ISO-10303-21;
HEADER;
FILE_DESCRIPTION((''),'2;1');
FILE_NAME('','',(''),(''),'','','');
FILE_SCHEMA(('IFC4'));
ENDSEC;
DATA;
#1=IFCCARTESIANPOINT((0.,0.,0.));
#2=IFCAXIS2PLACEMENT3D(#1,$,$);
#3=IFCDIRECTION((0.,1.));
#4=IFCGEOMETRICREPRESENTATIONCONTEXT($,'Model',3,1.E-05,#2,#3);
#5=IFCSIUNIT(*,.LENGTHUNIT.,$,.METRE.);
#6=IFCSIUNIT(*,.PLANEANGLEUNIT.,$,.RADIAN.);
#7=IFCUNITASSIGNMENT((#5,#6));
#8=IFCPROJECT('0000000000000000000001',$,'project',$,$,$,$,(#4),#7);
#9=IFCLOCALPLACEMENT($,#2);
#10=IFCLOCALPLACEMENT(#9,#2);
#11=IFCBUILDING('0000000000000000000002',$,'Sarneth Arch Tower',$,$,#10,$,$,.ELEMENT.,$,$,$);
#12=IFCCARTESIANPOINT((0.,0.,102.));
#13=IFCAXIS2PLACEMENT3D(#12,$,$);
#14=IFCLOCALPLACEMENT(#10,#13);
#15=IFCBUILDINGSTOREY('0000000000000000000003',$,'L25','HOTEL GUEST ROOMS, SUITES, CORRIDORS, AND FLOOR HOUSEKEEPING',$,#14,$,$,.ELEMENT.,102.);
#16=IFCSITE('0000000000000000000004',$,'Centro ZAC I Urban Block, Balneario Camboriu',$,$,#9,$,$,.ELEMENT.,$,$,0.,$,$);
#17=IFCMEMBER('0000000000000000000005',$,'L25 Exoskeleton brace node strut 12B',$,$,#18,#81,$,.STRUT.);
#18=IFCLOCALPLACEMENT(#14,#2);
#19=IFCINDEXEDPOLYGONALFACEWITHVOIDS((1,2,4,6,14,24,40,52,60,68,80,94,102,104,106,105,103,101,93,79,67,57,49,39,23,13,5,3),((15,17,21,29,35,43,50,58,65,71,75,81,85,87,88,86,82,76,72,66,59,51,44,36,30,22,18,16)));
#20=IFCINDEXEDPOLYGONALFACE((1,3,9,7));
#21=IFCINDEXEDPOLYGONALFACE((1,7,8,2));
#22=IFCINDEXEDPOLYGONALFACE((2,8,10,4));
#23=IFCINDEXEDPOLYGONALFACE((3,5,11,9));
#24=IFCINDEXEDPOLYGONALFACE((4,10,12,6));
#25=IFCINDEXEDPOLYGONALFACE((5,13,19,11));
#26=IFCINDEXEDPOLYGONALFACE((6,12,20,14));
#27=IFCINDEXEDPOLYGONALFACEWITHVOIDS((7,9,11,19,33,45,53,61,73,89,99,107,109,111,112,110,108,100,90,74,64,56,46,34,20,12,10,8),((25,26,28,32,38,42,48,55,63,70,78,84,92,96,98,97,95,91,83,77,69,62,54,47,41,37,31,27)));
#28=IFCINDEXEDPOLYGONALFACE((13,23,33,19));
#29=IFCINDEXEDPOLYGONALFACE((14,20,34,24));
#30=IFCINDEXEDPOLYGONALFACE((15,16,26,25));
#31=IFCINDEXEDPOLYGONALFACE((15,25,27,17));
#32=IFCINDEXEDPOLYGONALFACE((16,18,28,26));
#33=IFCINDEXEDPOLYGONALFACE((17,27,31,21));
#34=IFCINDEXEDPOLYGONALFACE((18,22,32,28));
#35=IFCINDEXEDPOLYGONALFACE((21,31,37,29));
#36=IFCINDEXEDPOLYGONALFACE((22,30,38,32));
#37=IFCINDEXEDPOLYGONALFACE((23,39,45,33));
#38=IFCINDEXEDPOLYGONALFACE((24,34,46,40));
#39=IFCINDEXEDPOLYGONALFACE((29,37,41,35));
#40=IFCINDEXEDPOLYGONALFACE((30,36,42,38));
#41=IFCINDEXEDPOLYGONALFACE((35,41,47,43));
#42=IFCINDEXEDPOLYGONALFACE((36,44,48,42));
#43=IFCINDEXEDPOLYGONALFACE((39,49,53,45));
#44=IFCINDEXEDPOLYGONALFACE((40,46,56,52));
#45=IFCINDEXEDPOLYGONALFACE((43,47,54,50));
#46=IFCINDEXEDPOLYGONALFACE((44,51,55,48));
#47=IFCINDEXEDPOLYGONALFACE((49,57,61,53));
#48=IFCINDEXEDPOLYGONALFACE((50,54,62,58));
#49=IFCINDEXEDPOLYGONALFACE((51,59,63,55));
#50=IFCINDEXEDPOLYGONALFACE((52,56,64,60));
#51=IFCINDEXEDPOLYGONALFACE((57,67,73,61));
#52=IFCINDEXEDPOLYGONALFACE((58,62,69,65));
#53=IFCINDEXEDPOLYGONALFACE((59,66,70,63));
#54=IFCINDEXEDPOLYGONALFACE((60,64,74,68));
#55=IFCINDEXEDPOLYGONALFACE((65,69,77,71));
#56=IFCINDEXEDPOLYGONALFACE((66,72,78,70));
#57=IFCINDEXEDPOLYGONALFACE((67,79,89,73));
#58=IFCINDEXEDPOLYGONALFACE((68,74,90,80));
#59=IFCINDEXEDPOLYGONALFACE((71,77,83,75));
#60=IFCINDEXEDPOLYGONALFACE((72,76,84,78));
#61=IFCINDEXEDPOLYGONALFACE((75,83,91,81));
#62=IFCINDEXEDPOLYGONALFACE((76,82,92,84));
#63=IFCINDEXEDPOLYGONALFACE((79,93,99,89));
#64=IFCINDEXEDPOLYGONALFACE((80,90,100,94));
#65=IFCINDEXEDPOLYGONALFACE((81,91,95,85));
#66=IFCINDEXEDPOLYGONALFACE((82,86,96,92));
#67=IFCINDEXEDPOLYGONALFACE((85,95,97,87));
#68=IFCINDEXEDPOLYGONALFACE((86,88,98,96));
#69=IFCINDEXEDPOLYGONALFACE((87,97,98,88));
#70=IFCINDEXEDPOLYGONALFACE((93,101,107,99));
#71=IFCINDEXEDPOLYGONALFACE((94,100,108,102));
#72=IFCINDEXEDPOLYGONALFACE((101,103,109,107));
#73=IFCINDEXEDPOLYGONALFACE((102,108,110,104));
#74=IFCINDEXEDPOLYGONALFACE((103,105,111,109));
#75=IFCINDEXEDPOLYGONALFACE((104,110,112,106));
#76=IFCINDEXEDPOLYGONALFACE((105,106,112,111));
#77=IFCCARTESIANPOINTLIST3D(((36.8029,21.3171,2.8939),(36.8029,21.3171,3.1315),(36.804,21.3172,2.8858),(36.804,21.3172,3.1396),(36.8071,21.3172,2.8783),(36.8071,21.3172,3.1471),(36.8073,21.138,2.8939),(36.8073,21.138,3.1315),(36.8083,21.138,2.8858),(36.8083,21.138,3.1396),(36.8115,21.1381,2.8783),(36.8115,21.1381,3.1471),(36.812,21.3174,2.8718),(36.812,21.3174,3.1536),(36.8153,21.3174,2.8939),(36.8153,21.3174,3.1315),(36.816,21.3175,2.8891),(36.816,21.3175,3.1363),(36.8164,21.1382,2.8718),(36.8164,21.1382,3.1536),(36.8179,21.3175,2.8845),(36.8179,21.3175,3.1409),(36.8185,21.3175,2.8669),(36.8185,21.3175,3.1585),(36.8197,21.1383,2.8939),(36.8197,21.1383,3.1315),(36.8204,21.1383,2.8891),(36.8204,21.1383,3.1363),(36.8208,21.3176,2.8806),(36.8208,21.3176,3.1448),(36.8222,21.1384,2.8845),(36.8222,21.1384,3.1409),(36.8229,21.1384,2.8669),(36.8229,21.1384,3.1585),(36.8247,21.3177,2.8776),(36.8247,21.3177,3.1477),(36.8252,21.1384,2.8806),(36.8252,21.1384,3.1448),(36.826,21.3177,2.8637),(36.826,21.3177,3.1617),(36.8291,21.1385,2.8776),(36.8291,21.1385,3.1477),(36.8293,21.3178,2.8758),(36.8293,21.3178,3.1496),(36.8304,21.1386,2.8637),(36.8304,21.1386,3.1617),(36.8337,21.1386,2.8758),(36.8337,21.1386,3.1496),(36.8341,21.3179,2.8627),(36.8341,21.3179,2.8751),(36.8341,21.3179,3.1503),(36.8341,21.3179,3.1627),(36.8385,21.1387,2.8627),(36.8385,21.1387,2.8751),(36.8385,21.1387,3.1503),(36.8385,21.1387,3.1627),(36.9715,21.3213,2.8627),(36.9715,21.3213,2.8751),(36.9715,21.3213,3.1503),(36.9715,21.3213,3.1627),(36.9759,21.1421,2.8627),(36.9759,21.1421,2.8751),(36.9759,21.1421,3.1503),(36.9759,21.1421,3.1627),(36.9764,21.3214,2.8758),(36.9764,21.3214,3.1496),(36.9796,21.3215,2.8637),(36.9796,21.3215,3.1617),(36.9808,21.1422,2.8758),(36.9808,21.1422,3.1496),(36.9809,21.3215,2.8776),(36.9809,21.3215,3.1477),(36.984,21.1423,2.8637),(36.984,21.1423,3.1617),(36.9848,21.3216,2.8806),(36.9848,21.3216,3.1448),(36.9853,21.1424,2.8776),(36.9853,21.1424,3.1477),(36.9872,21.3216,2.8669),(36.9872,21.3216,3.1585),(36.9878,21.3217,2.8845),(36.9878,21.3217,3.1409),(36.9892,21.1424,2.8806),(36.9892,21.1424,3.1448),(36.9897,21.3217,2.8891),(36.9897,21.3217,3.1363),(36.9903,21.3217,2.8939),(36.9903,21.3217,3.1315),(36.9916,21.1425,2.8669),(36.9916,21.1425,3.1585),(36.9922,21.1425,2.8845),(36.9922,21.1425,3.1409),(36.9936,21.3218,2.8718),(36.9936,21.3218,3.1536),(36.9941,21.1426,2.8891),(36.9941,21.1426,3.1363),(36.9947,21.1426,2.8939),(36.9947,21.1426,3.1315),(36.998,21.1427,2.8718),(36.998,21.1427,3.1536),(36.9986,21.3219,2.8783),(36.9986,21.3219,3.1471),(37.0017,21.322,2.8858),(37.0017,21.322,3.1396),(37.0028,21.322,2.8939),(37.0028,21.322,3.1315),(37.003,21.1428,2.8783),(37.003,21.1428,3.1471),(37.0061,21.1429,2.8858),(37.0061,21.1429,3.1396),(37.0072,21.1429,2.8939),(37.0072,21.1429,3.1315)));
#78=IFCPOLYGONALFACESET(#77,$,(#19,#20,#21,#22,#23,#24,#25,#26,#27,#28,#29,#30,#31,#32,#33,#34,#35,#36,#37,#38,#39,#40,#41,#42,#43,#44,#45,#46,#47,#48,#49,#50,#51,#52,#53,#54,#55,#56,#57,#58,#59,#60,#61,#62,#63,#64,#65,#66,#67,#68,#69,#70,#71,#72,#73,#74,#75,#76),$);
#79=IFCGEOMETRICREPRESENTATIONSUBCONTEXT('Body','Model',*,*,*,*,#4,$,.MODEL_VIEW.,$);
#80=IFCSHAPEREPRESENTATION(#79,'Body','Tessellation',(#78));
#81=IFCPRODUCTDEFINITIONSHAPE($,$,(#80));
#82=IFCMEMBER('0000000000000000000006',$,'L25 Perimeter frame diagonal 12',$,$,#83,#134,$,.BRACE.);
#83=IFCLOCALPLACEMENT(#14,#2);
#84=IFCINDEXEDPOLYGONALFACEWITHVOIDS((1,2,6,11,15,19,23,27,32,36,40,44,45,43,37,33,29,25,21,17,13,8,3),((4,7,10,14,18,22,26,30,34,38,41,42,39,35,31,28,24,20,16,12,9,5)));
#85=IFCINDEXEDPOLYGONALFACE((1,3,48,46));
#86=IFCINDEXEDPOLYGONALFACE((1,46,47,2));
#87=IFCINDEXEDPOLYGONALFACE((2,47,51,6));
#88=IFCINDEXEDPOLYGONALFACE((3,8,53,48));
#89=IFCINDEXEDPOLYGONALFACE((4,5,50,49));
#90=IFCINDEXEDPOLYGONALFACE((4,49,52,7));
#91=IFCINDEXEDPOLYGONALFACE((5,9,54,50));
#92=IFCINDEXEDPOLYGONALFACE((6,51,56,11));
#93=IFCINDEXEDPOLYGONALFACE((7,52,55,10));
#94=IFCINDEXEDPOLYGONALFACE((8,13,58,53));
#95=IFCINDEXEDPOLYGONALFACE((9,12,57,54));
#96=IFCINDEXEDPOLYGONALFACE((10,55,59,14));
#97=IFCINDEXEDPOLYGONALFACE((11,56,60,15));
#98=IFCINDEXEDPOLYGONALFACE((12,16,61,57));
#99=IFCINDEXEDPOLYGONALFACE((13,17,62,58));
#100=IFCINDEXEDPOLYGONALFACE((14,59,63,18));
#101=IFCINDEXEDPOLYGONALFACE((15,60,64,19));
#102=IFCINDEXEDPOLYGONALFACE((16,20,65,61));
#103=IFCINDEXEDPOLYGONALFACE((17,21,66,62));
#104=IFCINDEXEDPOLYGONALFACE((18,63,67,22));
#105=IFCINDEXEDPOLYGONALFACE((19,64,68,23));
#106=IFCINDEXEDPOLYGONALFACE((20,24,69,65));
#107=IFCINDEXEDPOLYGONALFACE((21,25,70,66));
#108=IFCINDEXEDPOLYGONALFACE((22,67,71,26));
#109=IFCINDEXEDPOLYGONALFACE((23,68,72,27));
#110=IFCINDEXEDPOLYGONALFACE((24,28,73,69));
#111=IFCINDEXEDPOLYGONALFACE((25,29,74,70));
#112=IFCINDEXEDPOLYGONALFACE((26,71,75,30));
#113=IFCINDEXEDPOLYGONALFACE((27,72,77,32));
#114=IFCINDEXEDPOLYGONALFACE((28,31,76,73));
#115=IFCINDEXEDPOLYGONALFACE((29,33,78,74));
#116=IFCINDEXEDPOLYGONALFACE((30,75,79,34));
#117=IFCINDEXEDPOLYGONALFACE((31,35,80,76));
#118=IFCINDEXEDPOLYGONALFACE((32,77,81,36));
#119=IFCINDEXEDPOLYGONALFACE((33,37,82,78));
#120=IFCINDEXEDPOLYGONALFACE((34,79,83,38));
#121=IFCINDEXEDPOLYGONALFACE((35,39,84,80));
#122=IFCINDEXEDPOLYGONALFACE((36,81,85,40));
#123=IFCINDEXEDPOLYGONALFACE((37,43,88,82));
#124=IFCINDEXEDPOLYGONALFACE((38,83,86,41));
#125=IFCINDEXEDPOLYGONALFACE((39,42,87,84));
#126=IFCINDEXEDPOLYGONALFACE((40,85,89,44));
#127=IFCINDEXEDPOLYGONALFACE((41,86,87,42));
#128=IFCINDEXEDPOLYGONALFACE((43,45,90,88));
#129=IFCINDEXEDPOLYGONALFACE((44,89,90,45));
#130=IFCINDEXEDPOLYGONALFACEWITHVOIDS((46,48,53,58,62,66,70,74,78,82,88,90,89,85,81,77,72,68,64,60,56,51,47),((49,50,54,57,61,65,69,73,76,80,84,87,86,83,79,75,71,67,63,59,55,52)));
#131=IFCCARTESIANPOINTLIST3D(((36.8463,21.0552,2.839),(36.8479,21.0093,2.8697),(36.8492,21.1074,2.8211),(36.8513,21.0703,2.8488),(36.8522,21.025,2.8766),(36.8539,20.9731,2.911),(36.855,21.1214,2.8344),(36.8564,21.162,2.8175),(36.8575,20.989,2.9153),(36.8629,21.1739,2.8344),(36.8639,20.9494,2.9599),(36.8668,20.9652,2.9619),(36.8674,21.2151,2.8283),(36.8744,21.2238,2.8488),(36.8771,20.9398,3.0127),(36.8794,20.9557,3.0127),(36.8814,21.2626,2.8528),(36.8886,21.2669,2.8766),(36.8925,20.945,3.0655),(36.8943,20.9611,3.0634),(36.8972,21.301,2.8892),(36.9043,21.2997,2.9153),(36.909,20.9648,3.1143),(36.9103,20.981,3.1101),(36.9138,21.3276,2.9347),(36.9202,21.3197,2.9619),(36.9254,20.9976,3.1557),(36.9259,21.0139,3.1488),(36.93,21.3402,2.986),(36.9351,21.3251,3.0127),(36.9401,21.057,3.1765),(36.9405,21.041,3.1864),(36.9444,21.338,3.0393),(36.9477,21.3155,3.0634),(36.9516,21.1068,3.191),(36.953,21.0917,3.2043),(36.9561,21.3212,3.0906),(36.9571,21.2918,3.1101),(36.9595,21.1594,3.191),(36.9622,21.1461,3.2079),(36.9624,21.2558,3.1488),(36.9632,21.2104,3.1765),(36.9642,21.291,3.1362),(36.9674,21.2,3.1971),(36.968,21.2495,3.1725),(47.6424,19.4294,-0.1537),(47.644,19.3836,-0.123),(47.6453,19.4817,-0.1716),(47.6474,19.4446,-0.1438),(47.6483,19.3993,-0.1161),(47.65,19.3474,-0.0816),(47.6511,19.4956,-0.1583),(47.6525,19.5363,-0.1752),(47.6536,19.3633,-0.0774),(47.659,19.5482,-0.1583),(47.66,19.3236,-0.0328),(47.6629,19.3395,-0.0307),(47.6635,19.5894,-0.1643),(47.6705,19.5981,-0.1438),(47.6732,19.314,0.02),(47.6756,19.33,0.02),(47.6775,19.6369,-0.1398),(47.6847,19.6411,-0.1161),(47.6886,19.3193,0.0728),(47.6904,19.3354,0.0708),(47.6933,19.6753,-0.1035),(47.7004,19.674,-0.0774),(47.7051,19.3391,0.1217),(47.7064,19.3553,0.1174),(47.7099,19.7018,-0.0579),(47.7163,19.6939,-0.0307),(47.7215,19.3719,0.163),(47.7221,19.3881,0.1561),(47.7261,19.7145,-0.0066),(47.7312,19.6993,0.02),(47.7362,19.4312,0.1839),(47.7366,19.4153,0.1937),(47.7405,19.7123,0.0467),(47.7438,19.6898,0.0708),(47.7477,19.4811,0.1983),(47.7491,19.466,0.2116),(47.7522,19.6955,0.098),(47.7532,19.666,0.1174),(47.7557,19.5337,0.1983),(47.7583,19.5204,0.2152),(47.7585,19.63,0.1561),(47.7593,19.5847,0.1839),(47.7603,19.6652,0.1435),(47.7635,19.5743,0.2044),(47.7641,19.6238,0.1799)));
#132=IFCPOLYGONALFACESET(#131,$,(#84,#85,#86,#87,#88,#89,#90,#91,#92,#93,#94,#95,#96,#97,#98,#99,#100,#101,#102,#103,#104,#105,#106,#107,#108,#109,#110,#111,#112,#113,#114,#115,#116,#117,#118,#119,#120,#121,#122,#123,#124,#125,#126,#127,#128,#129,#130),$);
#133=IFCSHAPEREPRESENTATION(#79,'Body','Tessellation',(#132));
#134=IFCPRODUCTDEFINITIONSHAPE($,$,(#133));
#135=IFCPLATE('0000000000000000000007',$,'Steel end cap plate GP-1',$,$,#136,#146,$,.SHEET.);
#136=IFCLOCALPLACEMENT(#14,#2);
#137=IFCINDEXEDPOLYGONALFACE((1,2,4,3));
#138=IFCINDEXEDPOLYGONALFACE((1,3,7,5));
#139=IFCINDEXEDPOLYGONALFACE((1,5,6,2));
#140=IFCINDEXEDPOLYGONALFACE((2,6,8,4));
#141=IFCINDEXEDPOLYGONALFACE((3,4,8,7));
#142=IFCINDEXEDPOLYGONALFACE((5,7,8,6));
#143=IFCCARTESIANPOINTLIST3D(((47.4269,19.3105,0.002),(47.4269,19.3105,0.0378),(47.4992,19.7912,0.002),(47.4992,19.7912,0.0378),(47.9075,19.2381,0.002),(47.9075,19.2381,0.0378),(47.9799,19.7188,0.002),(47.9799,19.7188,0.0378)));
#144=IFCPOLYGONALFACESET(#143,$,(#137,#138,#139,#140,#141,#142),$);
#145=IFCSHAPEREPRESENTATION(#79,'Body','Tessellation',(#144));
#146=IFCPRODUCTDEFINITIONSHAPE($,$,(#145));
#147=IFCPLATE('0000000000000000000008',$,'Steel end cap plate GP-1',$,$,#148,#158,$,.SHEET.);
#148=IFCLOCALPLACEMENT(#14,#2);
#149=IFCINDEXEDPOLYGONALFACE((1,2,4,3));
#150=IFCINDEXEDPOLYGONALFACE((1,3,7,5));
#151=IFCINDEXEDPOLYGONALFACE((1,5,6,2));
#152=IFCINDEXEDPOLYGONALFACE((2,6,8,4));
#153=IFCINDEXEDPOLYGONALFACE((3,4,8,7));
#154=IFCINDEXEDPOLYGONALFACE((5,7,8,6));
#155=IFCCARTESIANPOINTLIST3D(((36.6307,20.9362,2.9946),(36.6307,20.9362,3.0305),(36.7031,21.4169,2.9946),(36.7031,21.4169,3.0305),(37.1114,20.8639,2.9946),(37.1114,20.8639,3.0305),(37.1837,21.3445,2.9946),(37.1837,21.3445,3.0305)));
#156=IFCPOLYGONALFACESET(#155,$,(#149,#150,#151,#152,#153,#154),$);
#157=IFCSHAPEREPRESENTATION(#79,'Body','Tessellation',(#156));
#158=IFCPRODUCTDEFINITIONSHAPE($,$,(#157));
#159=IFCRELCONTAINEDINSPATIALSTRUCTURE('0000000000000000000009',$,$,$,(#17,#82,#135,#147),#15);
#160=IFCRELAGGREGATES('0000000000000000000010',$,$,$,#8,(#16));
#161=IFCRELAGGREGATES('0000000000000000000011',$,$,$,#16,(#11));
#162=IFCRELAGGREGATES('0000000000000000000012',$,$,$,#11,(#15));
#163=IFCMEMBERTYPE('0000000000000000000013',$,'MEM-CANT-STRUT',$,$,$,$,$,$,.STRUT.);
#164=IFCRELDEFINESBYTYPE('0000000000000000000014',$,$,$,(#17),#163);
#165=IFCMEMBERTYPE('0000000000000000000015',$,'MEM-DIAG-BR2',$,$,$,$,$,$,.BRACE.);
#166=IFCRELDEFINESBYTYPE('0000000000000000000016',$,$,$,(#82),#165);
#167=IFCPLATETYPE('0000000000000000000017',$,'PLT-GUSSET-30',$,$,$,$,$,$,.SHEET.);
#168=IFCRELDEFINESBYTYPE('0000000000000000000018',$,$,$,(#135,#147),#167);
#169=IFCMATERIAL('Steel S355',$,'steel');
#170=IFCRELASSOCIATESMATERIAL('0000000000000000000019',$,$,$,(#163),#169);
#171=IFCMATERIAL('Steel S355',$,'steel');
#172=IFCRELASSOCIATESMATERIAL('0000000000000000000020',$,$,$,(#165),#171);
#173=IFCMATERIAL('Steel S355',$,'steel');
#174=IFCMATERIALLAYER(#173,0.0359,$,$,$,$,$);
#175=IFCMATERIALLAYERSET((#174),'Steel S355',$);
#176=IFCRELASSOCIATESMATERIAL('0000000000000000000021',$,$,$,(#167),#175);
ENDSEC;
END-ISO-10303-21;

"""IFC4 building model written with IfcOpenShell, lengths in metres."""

from ifc_helpers import new_model, si_unit, direction, frame, origin, origin_2d, place, context, subcontext, project, spatial, rectangle, hollow_rectangle, hollow_circle, extrude, material, layer, layer_set, material_profile, profile_set, type_object, element, save


model = new_model("IFC4")

# Units and contexts
model_context = context("Model", 3, precision=1e-05, world=origin(), true_north=direction((0.0, 1.0)))
body_context = subcontext(model_context, "Body", "Model", "MODEL_VIEW")
ifc_project = project(units=[si_unit("LENGTHUNIT", "METRE"), si_unit("PLANEANGLEUNIT", "RADIAN")], contexts=[model_context])

# Site, building, storey
site_placement = place(None, origin())
site = spatial("IfcSite", under=ifc_project, at=site_placement, Name="Centro ZAC I Urban Block, Balneario Camboriu", CompositionType="ELEMENT", RefElevation=0.0)
building_placement = place(site_placement, origin())
building = spatial("IfcBuilding", under=site, at=building_placement, Name="Sarneth Arch Tower", CompositionType="ELEMENT")
storey_placement = place(building_placement, frame((0.0, 0.0, 102.0)))
storey = spatial("IfcBuildingStorey", under=building, at=storey_placement, Name="L25", Description="HOTEL GUEST ROOMS, SUITES, CORRIDORS, AND FLOOR HOUSEKEEPING", CompositionType="ELEMENT", Elevation=102.0)

# Members
ifc_material_1 = material(Name="Steel S355", Category="steel")
ifc_material_profile_1 = material_profile(ifc_material_1, hollow_rectangle(XDim=0.2, YDim=0.3, WallThickness=0.0125, InnerFilletRadius=0.0188, OuterFilletRadius=0.0312, at=origin_2d()), Name="RHS300x200x12.5")
ifc_profile_set_1 = profile_set([ifc_material_profile_1], Name="Steel S355")
member_type_1 = type_object("IfcMemberType", Name="MEM-CANT-STRUT", PredefinedType="STRUT", material=ifc_profile_set_1)
member_1_placement = place(storey_placement, frame((36.9028, 21.3196, 3.0127), z_axis=(0.024516, -0.999699, 0.0), x_axis=(0.999699, 0.024516, 0.0)))
element("IfcMember", 1, at=member_1_placement, inside=storey, type_object=member_type_1, Name="L25 Exoskeleton brace node strut 12B", PredefinedType="STRUT", context=body_context, shape_type="SweptSolid", body=[
    extrude(hollow_rectangle(XDim=0.2, YDim=0.3, WallThickness=0.0125, InnerFilletRadius=0.0188, OuterFilletRadius=0.0312, at=origin_2d()), origin(), (0.0, 0.0, 1.0), 0.1792),
])
ifc_material_2 = material(Name="Steel S355", Category="steel")
ifc_material_profile_2 = material_profile(ifc_material_2, hollow_circle(Radius=0.2029, WallThickness=0.0161, at=origin_2d()), Name="CHS406x16")
ifc_profile_set_2 = profile_set([ifc_material_profile_2], Name="Steel S355")
member_type_2 = type_object("IfcMemberType", Name="MEM-DIAG-BR2", PredefinedType="BRACE", material=ifc_profile_set_2)
member_2_placement = place(storey_placement, frame((47.7034, 19.5146, 0.02), z_axis=(-0.953673, 0.143608, 0.264357), x_axis=(-0.148906, -0.988851, 0.0)))
element("IfcMember", 2, at=member_2_placement, inside=storey, type_object=member_type_2, Name="L25 Perimeter frame diagonal 12", PredefinedType="BRACE", context=body_context, shape_type="SweptSolid", body=[
    extrude(hollow_circle(Radius=0.2029, WallThickness=0.0161, at=origin_2d()), origin(), (0.0, 0.0, 1.0), 11.3206),
])

# Plates
ifc_material_3 = material(Name="Steel S355", Category="steel")
ifc_layer_1 = layer(ifc_material_3, 0.0359)
ifc_layer_set_1 = layer_set([ifc_layer_1], Name="Steel S355")
plate_type = type_object("IfcPlateType", Name="PLT-GUSSET-30", PredefinedType="SHEET", material=ifc_layer_set_1)
for number, where, z_axis, x_axis, name in (
    (3, (47.7034, 19.5146, 0.002), (0.0, 0.0, 1.0), (0.988861, -0.148845, 0.0), "Steel end cap plate GP-1"),
    (4, (36.9072, 21.1404, 2.9946), (0.0, 0.0, 1.0), (0.988861, -0.148845, 0.0), "Steel end cap plate GP-1"),
):
    element("IfcPlate", number, at=place(storey_placement, frame(where, z_axis=z_axis, x_axis=x_axis)), inside=storey, type_object=plate_type, Name=name, PredefinedType="SHEET", context=body_context, shape_type="SweptSolid", body=[
        extrude(rectangle(XDim=0.4861, YDim=0.4861, at=origin_2d()), origin(), (0.0, 0.0, 1.0), 0.0359),
    ])

save(model, "model.ifc")
